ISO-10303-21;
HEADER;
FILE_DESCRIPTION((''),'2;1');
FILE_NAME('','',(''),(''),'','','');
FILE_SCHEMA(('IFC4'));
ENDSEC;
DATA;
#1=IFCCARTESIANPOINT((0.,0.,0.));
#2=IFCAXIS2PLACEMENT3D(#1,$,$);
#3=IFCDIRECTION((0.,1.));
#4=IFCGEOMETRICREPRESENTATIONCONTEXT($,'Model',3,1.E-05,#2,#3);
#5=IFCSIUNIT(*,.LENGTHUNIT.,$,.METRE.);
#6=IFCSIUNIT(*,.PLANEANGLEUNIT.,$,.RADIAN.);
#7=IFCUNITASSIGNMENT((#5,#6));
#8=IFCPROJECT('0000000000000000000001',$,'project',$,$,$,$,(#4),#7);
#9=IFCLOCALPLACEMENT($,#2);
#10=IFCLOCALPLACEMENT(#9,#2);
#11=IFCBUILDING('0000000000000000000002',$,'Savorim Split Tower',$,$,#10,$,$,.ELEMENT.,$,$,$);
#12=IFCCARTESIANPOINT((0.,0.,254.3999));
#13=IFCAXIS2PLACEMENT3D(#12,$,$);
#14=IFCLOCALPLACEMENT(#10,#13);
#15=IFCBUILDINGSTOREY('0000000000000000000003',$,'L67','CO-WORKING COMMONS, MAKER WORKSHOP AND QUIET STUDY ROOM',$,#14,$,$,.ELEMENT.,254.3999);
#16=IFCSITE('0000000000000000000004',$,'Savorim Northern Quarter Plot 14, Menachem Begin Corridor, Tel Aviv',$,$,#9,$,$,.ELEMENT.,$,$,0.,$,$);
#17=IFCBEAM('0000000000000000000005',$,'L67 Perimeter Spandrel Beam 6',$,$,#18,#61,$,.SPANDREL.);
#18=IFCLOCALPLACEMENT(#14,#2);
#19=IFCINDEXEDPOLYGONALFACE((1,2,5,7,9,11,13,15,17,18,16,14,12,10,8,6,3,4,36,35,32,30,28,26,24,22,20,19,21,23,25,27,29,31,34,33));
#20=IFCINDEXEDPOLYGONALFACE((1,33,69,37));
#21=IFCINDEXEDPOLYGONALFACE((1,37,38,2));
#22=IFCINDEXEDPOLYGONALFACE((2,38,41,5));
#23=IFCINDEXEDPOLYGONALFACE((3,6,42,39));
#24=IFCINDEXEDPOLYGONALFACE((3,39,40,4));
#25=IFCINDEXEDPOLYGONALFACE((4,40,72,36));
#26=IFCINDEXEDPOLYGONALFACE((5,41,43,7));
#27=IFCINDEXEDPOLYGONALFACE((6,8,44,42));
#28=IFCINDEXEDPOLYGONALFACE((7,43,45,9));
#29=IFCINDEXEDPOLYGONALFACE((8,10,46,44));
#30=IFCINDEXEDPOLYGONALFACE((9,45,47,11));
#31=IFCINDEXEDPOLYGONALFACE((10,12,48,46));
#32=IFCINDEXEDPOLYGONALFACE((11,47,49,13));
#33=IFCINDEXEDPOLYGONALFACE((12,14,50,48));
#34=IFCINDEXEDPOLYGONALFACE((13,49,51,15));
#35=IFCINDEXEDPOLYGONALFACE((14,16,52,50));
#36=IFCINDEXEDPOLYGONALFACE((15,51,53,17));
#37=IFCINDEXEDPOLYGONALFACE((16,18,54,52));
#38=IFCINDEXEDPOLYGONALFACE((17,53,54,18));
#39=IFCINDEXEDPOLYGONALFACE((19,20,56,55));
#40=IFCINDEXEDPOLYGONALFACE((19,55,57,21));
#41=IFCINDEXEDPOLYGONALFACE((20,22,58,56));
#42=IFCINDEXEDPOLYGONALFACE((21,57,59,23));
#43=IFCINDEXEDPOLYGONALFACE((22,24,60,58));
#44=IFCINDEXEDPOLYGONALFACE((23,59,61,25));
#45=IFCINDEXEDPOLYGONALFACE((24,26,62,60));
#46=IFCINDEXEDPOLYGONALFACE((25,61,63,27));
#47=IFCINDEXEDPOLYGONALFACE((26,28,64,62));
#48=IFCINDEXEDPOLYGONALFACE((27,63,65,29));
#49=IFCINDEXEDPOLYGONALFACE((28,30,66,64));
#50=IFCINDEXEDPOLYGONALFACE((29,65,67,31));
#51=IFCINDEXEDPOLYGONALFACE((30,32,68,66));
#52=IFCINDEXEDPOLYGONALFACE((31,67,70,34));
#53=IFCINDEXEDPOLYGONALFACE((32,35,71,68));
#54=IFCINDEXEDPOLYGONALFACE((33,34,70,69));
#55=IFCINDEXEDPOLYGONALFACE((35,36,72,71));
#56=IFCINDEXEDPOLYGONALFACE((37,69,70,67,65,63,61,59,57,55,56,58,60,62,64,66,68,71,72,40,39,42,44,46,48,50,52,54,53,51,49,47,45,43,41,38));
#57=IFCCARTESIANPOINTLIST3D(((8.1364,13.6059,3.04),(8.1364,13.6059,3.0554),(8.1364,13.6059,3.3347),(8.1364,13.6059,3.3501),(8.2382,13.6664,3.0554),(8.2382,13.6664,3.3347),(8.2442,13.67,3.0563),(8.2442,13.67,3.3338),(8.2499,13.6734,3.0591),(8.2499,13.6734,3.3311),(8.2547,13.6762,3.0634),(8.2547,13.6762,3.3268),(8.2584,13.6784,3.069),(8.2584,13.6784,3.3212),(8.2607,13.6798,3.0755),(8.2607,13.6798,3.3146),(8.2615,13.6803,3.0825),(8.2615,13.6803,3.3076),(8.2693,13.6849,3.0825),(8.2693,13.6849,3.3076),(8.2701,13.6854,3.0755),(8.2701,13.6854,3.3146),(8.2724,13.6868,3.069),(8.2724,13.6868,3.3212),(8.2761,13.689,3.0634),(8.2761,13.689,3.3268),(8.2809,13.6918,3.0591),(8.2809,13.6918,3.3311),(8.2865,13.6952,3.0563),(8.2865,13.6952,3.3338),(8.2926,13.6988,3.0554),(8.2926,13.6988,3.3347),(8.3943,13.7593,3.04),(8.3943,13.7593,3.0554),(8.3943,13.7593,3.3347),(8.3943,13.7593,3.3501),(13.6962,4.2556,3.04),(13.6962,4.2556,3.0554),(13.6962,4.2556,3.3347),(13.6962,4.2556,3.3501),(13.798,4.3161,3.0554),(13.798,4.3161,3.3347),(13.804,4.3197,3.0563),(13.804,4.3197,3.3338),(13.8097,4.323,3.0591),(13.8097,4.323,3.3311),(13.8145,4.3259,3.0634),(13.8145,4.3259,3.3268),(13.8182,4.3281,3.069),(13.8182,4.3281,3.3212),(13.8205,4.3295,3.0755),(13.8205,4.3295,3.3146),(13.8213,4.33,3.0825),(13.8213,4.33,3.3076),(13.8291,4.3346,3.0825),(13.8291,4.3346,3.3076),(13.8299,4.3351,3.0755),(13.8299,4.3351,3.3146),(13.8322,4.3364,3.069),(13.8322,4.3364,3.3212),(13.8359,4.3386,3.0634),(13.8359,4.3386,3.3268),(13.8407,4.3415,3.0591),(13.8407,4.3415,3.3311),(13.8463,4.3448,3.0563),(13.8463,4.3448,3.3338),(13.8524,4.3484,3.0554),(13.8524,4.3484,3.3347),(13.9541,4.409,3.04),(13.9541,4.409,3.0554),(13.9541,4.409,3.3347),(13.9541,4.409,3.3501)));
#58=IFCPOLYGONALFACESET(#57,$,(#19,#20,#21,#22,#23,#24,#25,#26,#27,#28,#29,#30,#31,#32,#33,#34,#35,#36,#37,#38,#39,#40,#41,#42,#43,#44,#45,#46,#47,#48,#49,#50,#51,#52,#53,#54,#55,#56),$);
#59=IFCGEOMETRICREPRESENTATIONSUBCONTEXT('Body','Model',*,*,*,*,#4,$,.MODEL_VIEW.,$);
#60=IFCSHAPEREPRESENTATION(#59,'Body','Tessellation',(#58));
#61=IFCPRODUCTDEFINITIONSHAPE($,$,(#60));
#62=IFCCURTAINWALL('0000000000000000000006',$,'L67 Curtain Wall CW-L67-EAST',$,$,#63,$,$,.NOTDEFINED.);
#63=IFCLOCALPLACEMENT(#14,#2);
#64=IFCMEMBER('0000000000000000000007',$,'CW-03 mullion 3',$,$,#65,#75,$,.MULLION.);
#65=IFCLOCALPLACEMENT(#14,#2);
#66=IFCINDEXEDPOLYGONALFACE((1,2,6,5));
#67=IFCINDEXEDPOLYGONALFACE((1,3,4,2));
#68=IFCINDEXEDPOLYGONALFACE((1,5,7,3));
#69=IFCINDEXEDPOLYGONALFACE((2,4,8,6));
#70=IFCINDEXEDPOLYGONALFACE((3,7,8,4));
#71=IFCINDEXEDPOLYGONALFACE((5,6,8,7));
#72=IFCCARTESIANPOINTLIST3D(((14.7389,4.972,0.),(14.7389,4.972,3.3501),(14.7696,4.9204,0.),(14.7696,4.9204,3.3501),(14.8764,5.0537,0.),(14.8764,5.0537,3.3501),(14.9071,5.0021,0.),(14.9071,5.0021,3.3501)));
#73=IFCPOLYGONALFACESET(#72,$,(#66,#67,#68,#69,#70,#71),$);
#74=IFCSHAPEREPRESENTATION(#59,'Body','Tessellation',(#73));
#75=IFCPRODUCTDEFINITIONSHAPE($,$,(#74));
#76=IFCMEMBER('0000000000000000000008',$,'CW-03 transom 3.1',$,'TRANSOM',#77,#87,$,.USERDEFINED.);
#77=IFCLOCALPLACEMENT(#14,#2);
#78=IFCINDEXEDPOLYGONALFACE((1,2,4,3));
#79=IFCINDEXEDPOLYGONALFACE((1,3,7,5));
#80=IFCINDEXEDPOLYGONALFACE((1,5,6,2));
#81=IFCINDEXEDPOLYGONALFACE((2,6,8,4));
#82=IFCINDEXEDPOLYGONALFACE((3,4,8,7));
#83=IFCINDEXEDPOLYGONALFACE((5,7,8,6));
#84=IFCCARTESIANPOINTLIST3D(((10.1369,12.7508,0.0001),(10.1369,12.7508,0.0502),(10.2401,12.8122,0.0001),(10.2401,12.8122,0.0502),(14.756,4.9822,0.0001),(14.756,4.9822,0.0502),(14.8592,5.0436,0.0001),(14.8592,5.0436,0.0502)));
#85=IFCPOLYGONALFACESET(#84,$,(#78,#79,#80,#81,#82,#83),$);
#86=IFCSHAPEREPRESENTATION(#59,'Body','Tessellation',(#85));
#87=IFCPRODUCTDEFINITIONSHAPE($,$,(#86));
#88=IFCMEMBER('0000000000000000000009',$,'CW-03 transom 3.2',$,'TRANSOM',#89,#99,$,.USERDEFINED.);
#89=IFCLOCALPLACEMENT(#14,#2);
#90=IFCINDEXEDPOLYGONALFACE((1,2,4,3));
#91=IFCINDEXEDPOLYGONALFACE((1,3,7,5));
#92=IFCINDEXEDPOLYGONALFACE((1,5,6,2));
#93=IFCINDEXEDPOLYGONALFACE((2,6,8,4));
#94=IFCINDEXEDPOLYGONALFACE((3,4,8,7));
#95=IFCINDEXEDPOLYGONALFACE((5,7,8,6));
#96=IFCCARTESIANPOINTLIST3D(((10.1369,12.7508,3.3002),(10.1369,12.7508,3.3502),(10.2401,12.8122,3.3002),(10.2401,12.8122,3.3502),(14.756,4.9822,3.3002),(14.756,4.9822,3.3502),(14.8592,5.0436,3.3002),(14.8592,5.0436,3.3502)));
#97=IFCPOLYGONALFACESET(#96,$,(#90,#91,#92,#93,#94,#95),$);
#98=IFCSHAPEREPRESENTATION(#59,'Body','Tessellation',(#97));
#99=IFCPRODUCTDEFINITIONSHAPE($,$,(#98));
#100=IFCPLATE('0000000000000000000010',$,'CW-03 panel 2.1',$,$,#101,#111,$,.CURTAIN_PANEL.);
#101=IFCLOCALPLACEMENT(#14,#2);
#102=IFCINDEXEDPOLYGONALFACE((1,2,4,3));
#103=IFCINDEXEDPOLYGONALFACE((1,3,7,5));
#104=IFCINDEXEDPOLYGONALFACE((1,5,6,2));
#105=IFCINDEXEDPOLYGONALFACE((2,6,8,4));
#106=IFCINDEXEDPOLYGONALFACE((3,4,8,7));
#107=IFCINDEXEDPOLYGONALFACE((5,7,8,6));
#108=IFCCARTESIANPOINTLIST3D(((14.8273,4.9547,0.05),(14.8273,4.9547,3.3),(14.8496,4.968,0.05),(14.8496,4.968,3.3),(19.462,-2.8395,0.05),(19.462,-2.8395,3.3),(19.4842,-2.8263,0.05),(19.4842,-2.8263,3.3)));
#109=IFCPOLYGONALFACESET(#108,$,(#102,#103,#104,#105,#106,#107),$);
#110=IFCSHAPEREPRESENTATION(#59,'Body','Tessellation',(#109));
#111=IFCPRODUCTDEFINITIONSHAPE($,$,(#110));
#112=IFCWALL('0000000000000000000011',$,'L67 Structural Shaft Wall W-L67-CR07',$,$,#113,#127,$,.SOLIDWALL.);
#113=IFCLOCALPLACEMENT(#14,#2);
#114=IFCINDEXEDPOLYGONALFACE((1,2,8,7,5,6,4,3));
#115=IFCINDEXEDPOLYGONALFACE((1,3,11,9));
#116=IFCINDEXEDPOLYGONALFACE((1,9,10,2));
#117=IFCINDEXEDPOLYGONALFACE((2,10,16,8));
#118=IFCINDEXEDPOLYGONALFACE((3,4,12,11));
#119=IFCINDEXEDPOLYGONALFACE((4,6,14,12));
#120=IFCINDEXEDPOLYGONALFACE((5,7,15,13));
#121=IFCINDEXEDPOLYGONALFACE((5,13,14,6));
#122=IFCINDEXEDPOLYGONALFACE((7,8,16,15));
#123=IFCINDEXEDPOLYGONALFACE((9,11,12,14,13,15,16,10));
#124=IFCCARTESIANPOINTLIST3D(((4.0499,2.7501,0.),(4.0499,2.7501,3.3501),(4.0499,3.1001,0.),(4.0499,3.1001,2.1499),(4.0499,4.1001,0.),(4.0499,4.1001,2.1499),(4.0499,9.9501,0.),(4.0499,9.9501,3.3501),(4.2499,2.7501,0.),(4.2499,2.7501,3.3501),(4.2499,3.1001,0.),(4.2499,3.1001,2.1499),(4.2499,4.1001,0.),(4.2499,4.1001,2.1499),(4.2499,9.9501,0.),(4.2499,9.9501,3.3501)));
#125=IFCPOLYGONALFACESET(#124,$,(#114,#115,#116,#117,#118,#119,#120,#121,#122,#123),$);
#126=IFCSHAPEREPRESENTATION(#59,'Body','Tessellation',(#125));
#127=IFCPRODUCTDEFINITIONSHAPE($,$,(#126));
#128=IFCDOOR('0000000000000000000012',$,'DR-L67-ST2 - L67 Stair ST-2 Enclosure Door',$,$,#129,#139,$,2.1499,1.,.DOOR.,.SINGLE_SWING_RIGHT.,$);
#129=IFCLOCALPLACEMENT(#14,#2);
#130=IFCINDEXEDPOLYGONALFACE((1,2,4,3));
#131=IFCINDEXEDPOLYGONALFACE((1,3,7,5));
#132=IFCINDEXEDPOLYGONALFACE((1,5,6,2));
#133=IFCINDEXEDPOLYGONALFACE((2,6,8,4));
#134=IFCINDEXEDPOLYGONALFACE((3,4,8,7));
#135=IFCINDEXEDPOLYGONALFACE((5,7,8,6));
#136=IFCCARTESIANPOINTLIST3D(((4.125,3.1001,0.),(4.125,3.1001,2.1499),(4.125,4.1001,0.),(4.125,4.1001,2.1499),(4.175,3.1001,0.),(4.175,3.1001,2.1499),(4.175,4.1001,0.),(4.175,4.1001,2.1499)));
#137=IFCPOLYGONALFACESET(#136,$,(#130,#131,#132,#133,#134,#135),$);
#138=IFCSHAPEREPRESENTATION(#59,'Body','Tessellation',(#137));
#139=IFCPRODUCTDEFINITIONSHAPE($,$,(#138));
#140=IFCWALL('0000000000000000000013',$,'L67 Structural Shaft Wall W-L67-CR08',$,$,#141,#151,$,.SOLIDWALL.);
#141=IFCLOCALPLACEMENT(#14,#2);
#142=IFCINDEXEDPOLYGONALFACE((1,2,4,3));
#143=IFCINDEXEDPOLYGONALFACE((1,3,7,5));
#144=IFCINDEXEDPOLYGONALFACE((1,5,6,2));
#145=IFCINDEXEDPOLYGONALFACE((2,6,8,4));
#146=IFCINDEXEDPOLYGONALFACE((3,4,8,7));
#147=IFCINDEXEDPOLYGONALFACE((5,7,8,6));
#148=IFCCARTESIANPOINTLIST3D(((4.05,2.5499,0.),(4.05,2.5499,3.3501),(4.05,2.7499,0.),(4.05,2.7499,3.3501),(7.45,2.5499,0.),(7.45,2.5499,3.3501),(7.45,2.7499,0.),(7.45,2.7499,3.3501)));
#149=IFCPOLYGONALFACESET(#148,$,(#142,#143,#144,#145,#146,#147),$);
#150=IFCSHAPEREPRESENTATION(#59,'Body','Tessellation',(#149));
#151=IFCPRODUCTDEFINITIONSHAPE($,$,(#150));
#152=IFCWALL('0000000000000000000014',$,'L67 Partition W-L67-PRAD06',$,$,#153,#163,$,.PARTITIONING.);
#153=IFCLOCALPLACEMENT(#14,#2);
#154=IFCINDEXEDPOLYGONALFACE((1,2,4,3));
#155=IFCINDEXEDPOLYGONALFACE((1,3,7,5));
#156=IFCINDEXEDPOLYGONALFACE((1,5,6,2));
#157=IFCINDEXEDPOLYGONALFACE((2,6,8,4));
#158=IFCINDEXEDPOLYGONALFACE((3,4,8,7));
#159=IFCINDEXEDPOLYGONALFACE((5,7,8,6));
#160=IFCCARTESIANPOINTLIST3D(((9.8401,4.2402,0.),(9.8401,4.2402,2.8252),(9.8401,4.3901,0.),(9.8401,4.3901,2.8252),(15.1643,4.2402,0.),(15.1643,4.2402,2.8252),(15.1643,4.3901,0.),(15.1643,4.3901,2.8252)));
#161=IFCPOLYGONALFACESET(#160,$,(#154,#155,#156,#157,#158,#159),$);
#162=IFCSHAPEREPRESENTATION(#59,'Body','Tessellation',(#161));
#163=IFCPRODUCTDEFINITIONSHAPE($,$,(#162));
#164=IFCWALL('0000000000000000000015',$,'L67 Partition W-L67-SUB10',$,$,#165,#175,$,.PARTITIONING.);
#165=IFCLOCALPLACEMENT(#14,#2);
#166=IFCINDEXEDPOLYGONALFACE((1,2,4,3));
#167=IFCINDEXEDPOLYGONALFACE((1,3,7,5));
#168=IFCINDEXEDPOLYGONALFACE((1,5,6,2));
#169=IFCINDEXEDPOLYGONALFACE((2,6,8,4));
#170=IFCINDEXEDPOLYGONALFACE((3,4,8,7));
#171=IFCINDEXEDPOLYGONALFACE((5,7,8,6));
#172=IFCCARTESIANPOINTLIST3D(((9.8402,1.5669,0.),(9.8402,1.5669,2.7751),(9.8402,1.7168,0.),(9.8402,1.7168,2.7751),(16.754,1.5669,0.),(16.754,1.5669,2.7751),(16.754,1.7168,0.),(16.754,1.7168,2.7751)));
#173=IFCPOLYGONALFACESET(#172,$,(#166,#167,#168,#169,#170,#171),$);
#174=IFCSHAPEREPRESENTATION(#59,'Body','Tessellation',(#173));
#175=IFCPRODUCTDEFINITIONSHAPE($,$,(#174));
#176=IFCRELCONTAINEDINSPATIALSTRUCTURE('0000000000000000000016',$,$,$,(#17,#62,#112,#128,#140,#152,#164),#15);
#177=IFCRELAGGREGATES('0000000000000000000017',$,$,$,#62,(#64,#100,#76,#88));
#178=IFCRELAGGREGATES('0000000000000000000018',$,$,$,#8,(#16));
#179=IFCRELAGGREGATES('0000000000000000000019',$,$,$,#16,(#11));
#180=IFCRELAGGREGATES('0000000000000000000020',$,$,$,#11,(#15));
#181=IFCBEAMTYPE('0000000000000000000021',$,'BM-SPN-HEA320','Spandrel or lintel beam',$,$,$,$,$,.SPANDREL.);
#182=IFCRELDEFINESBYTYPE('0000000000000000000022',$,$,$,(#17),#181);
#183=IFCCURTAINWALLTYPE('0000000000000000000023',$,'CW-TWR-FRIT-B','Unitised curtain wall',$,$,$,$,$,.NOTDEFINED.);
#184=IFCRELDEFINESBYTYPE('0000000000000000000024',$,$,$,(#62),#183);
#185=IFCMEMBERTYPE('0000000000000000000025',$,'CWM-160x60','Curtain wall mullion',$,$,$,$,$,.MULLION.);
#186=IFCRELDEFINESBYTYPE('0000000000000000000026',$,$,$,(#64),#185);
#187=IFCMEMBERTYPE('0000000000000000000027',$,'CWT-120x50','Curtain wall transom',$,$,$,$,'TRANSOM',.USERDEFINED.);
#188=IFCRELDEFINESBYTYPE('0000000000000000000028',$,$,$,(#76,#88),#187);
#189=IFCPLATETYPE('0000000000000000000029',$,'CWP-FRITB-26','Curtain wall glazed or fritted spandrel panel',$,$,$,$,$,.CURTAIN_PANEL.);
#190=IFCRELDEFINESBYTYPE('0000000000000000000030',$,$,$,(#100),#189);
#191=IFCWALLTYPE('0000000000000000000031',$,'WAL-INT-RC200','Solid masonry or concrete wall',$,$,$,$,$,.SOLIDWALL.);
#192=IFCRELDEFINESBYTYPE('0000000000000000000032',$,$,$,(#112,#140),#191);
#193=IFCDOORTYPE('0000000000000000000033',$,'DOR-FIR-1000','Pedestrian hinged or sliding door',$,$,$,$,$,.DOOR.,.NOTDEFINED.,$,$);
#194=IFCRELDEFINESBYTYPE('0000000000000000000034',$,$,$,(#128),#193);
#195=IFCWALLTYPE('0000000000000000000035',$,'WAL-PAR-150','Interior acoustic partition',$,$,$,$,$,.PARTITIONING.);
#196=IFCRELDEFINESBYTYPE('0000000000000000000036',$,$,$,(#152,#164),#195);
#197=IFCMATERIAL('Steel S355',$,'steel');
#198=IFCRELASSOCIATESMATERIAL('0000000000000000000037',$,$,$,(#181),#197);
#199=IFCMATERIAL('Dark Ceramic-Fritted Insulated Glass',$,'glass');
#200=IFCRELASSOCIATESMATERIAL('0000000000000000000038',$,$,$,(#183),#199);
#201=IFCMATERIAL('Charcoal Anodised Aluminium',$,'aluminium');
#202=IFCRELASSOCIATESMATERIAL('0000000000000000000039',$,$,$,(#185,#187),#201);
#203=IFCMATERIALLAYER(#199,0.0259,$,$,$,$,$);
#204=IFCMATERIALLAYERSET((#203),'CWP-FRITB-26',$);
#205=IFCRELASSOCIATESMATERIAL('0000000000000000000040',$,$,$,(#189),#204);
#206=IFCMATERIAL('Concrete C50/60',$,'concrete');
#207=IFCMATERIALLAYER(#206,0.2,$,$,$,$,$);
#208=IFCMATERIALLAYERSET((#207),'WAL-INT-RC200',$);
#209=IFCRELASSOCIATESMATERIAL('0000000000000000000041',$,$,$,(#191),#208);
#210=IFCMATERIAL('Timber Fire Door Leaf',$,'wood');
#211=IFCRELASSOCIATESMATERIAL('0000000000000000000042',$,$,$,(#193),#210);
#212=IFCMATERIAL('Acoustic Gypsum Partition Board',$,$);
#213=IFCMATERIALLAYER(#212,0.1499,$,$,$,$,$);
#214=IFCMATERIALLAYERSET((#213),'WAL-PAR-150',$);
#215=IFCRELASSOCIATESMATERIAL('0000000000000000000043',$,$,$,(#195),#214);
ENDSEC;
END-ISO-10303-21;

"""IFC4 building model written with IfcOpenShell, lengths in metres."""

from ifc_helpers import new_model, si_unit, direction, frame, frame_2d, origin, origin_2d, place, context, subcontext, project, spatial, rectangle, i_section, extrude, material, layer, layer_set, material_profile, profile_set, type_object, element, fill, aggregate, save


model = new_model("IFC4")

# Units and contexts
model_context = context("Model", 3, precision=1e-05, world=origin(), true_north=direction((0.0, 1.0)))
body_context = subcontext(model_context, "Body", "Model", "MODEL_VIEW")
ifc_project = project(units=[si_unit("LENGTHUNIT", "METRE"), si_unit("PLANEANGLEUNIT", "RADIAN")], contexts=[model_context])

# Site, building, storey
site_placement = place(None, origin())
site = spatial("IfcSite", under=ifc_project, at=site_placement, Name="Savorim Northern Quarter Plot 14, Menachem Begin Corridor, Tel Aviv", CompositionType="ELEMENT", RefElevation=0.0)
building_placement = place(site_placement, origin())
building = spatial("IfcBuilding", under=site, at=building_placement, Name="Savorim Split Tower", CompositionType="ELEMENT")
storey_placement = place(building_placement, frame((0.0, 0.0, 254.3999)))
storey = spatial("IfcBuildingStorey", under=building, at=storey_placement, Name="L67", Description="CO-WORKING COMMONS, MAKER WORKSHOP AND QUIET STUDY ROOM", CompositionType="ELEMENT", Elevation=254.3999)

# Shared definitions
ifc_material_1 = material(Name="Steel S355", Category="steel")

# Beam
ifc_material_profile_1 = material_profile(ifc_material_1, i_section(OverallWidth=0.3, OverallDepth=0.3101, WebThickness=0.009, FlangeThickness=0.0154, FilletRadius=0.0271, at=origin_2d()), Name="HEA 320")
ifc_profile_set_1 = profile_set([ifc_material_profile_1], Name="Steel S355")
beam_type_1 = type_object("IfcBeamType", Name="BM-SPN-HEA320", Description="Spandrel or lintel beam", PredefinedType="SPANDREL", material=ifc_profile_set_1)
beam_1_placement = place(storey_placement, frame((13.8252, 4.3323, 3.1951), z_axis=(-0.511086, 0.85953, 0.0), x_axis=(-0.85953, -0.511086, 0.0)))
element("IfcBeam", 1, at=beam_1_placement, inside=storey, type_object=beam_type_1, Name="L67 Perimeter Spandrel Beam 6", PredefinedType="SPANDREL", context=body_context, shape_type="SweptSolid", body=[
    extrude(i_section(OverallWidth=0.3, OverallDepth=0.3101, WebThickness=0.009, FlangeThickness=0.0154, FilletRadius=0.0271, at=origin_2d()), origin(), (0.0, 0.0, 1.0), 10.8784),
])

# Curtain wall, members, plate
ifc_material_2 = material(Name="Dark Ceramic-Fritted Insulated Glass", Category="glass")
curtain_wall_type = type_object("IfcCurtainWallType", Name="CW-TWR-FRIT-B", Description="Unitised curtain wall", PredefinedType="NOTDEFINED", material=ifc_material_2)
curtain_wall_placement = place(storey_placement, origin())
curtain_wall = element("IfcCurtainWall", 2, at=curtain_wall_placement, inside=storey, type_object=curtain_wall_type, Name="L67 Curtain Wall CW-L67-EAST", PredefinedType="NOTDEFINED")
ifc_material_3 = material(Name="Charcoal Anodised Aluminium", Category="aluminium")
ifc_material_profile_2 = material_profile(ifc_material_3, rectangle(XDim=0.1599, YDim=0.0601, at=origin_2d()), Name="ALU-M 160x60")
ifc_profile_set_2 = profile_set([ifc_material_profile_2], Name="Charcoal Anodised Aluminium")
member_type_1 = type_object("IfcMemberType", Name="CWM-160x60", Description="Curtain wall mullion", PredefinedType="MULLION", material=ifc_profile_set_2)
member_1_placement = place(storey_placement, frame((14.823, 4.9871, 0.0), z_axis=(0.0, 0.0, 1.0), x_axis=(-0.859527, -0.51109, 0.0)))
member_1 = element("IfcMember", 3, at=member_1_placement, type_object=member_type_1, Name="CW-03 mullion 3", PredefinedType="MULLION", context=body_context, shape_type="SweptSolid", body=[
    extrude(rectangle(XDim=0.1599, YDim=0.0601, at=origin_2d()), origin(), (0.0, 0.0, 1.0), 3.3501),
])
ifc_material_profile_3 = material_profile(ifc_material_3, rectangle(XDim=0.1201, YDim=0.05, at=origin_2d()), Name="ALU-T 120x50")
ifc_profile_set_3 = profile_set([ifc_material_profile_3], Name="Charcoal Anodised Aluminium")
member_type_2 = type_object("IfcMemberType", Name="CWT-120x50", Description="Curtain wall transom", ElementType="TRANSOM", PredefinedType="USERDEFINED", material=ifc_profile_set_3)
member_2_placement = place(storey_placement, frame((14.8076, 5.0129, 0.0251), z_axis=(-0.511075, 0.859536, 0.0), x_axis=(-0.859536, -0.511075, 0.0)))
member_2 = element("IfcMember", 4, at=member_2_placement, type_object=member_type_2, Name="CW-03 transom 3.1", ObjectType="TRANSOM", PredefinedType="USERDEFINED", context=body_context, shape_type="SweptSolid", body=[
    extrude(rectangle(XDim=0.1201, YDim=0.05, at=origin_2d()), origin(), (0.0, 0.0, 1.0), 9.0381),
])
member_3_placement = place(storey_placement, frame((14.8076, 5.0129, 3.3252), z_axis=(-0.511075, 0.859536, 0.0), x_axis=(-0.859536, -0.511075, 0.0)))
member_3 = element("IfcMember", 5, at=member_3_placement, type_object=member_type_2, Name="CW-03 transom 3.2", ObjectType="TRANSOM", PredefinedType="USERDEFINED", context=body_context, shape_type="SweptSolid", body=[
    extrude(rectangle(XDim=0.1201, YDim=0.05, at=origin_2d()), origin(), (0.0, 0.0, 1.0), 9.0381),
])
ifc_layer_1 = layer(ifc_material_2, 0.0259)
ifc_layer_set_1 = layer_set([ifc_layer_1], Name="CWP-FRITB-26")
plate_type = type_object("IfcPlateType", Name="CWP-FRITB-26", Description="Curtain wall glazed or fritted spandrel panel", PredefinedType="CURTAIN_PANEL", material=ifc_layer_set_1)
plate_placement = place(storey_placement, frame((17.1558, 1.0642, 0.05), z_axis=(0.0, 0.0, 1.0), x_axis=(-0.51109, 0.859527, 0.0)))
plate = element("IfcPlate", 6, at=plate_placement, type_object=plate_type, Name="CW-03 panel 2.1", PredefinedType="CURTAIN_PANEL", context=body_context, shape_type="SweptSolid", body=[
    extrude(rectangle(XDim=9.0681, YDim=0.0259, at=origin_2d()), origin(), (0.0, 0.0, 1.0), 3.25),
])
aggregate(curtain_wall, [member_1, plate, member_2, member_3])

# Wall, opening, door
ifc_material_4 = material(Name="Concrete C50/60", Category="concrete")
ifc_layer_2 = layer(ifc_material_4, 0.2)
ifc_layer_set_2 = layer_set([ifc_layer_2], Name="WAL-INT-RC200")
wall_type_1 = type_object("IfcWallType", Name="WAL-INT-RC200", Description="Solid masonry or concrete wall", PredefinedType="SOLIDWALL", material=ifc_layer_set_2)
wall_1_placement = place(storey_placement, frame((4.1499, 2.75, 0.0), z_axis=(0.0, 0.0, 1.0), x_axis=(0.0, 1.0, 0.0)))
wall_1 = element("IfcWall", 7, at=wall_1_placement, inside=storey, type_object=wall_type_1, Name="L67 Structural Shaft Wall W-L67-CR07", PredefinedType="SOLIDWALL", context=body_context, shape_type="SweptSolid", body=[
    extrude(rectangle(XDim=7.2, YDim=0.2, at=frame_2d((3.6001, 0.0))), origin(), (0.0, 0.0, 1.0), 3.3501),
])
opening_1_placement = place(wall_1_placement, frame((0.3501, 0.0, 0.0)))
opening_1 = element("IfcOpeningElement", 8, at=opening_1_placement, cuts=wall_1, PredefinedType="OPENING", context=body_context, shape_type="SweptSolid", body=[
    extrude(rectangle(XDim=1.0, YDim=2.1499, at=frame_2d((0.5, 1.075))), frame((0.0, 0.1099, 0.0), z_axis=(0.0, -1.0, 0.0), x_axis=(1.0, 0.0, 0.0)), (0.0, 0.0, 1.0), 0.22),
])
ifc_material_5 = material(Name="Timber Fire Door Leaf", Category="wood")
door_type_1 = type_object("IfcDoorType", Name="DOR-FIR-1000", Description="Pedestrian hinged or sliding door", OperationType="NOTDEFINED", PredefinedType="DOOR", material=ifc_material_5)
door_1_placement = place(opening_1_placement, origin())
door_1 = element("IfcDoor", 9, at=door_1_placement, inside=storey, type_object=door_type_1, Name="DR-L67-ST2 - L67 Stair ST-2 Enclosure Door", OperationType="SINGLE_SWING_RIGHT", OverallHeight=2.1499, OverallWidth=1.0, PredefinedType="DOOR", context=body_context, shape_type="SweptSolid", body=[
    extrude(rectangle(XDim=1.0, YDim=2.1499, at=frame_2d((0.5, 1.075))), frame((0.0, 0.0249, 0.0), z_axis=(0.0, -1.0, 0.0), x_axis=(1.0, 0.0, 0.0)), (0.0, 0.0, 1.0), 0.05),
])
fill(opening_1, door_1)

# Wall
wall_2_placement = place(storey_placement, frame((4.05, 2.6499, 0.0), z_axis=(0.0, 0.0, 1.0), x_axis=(1.0, 0.0, 0.0)))
element("IfcWall", 10, at=wall_2_placement, inside=storey, type_object=wall_type_1, Name="L67 Structural Shaft Wall W-L67-CR08", PredefinedType="SOLIDWALL", context=body_context, shape_type="SweptSolid", body=[
    extrude(rectangle(XDim=3.3999, YDim=0.2, at=frame_2d((1.7, 0.0))), origin(), (0.0, 0.0, 1.0), 3.3501),
])

# Walls
ifc_material_6 = material(Name="Acoustic Gypsum Partition Board")
ifc_layer_3 = layer(ifc_material_6, 0.1499)
ifc_layer_set_3 = layer_set([ifc_layer_3], Name="WAL-PAR-150")
wall_type_2 = type_object("IfcWallType", Name="WAL-PAR-150", Description="Interior acoustic partition", PredefinedType="PARTITIONING", material=ifc_layer_set_3)
wall_3_placement = place(storey_placement, frame((9.8401, 4.3152, 0.0), z_axis=(0.0, 0.0, 1.0), x_axis=(1.0, 0.0, 0.0)))
element("IfcWall", 11, at=wall_3_placement, inside=storey, type_object=wall_type_2, Name="L67 Partition W-L67-PRAD06", PredefinedType="PARTITIONING", context=body_context, shape_type="SweptSolid", body=[
    extrude(rectangle(XDim=5.3242, YDim=0.1499, at=frame_2d((2.6621, 0.0))), origin(), (0.0, 0.0, 1.0), 2.8252),
])
wall_4_placement = place(storey_placement, frame((9.8401, 1.6418, 0.0), z_axis=(0.0, 0.0, 1.0), x_axis=(1.0, 0.0, 0.0)))
element("IfcWall", 12, at=wall_4_placement, inside=storey, type_object=wall_type_2, Name="L67 Partition W-L67-SUB10", PredefinedType="PARTITIONING", context=body_context, shape_type="SweptSolid", body=[
    extrude(rectangle(XDim=6.9138, YDim=0.1499, at=frame_2d((3.457, 0.0))), origin(), (0.0, 0.0, 1.0), 2.7751),
])

save(model, "model.ifc")
